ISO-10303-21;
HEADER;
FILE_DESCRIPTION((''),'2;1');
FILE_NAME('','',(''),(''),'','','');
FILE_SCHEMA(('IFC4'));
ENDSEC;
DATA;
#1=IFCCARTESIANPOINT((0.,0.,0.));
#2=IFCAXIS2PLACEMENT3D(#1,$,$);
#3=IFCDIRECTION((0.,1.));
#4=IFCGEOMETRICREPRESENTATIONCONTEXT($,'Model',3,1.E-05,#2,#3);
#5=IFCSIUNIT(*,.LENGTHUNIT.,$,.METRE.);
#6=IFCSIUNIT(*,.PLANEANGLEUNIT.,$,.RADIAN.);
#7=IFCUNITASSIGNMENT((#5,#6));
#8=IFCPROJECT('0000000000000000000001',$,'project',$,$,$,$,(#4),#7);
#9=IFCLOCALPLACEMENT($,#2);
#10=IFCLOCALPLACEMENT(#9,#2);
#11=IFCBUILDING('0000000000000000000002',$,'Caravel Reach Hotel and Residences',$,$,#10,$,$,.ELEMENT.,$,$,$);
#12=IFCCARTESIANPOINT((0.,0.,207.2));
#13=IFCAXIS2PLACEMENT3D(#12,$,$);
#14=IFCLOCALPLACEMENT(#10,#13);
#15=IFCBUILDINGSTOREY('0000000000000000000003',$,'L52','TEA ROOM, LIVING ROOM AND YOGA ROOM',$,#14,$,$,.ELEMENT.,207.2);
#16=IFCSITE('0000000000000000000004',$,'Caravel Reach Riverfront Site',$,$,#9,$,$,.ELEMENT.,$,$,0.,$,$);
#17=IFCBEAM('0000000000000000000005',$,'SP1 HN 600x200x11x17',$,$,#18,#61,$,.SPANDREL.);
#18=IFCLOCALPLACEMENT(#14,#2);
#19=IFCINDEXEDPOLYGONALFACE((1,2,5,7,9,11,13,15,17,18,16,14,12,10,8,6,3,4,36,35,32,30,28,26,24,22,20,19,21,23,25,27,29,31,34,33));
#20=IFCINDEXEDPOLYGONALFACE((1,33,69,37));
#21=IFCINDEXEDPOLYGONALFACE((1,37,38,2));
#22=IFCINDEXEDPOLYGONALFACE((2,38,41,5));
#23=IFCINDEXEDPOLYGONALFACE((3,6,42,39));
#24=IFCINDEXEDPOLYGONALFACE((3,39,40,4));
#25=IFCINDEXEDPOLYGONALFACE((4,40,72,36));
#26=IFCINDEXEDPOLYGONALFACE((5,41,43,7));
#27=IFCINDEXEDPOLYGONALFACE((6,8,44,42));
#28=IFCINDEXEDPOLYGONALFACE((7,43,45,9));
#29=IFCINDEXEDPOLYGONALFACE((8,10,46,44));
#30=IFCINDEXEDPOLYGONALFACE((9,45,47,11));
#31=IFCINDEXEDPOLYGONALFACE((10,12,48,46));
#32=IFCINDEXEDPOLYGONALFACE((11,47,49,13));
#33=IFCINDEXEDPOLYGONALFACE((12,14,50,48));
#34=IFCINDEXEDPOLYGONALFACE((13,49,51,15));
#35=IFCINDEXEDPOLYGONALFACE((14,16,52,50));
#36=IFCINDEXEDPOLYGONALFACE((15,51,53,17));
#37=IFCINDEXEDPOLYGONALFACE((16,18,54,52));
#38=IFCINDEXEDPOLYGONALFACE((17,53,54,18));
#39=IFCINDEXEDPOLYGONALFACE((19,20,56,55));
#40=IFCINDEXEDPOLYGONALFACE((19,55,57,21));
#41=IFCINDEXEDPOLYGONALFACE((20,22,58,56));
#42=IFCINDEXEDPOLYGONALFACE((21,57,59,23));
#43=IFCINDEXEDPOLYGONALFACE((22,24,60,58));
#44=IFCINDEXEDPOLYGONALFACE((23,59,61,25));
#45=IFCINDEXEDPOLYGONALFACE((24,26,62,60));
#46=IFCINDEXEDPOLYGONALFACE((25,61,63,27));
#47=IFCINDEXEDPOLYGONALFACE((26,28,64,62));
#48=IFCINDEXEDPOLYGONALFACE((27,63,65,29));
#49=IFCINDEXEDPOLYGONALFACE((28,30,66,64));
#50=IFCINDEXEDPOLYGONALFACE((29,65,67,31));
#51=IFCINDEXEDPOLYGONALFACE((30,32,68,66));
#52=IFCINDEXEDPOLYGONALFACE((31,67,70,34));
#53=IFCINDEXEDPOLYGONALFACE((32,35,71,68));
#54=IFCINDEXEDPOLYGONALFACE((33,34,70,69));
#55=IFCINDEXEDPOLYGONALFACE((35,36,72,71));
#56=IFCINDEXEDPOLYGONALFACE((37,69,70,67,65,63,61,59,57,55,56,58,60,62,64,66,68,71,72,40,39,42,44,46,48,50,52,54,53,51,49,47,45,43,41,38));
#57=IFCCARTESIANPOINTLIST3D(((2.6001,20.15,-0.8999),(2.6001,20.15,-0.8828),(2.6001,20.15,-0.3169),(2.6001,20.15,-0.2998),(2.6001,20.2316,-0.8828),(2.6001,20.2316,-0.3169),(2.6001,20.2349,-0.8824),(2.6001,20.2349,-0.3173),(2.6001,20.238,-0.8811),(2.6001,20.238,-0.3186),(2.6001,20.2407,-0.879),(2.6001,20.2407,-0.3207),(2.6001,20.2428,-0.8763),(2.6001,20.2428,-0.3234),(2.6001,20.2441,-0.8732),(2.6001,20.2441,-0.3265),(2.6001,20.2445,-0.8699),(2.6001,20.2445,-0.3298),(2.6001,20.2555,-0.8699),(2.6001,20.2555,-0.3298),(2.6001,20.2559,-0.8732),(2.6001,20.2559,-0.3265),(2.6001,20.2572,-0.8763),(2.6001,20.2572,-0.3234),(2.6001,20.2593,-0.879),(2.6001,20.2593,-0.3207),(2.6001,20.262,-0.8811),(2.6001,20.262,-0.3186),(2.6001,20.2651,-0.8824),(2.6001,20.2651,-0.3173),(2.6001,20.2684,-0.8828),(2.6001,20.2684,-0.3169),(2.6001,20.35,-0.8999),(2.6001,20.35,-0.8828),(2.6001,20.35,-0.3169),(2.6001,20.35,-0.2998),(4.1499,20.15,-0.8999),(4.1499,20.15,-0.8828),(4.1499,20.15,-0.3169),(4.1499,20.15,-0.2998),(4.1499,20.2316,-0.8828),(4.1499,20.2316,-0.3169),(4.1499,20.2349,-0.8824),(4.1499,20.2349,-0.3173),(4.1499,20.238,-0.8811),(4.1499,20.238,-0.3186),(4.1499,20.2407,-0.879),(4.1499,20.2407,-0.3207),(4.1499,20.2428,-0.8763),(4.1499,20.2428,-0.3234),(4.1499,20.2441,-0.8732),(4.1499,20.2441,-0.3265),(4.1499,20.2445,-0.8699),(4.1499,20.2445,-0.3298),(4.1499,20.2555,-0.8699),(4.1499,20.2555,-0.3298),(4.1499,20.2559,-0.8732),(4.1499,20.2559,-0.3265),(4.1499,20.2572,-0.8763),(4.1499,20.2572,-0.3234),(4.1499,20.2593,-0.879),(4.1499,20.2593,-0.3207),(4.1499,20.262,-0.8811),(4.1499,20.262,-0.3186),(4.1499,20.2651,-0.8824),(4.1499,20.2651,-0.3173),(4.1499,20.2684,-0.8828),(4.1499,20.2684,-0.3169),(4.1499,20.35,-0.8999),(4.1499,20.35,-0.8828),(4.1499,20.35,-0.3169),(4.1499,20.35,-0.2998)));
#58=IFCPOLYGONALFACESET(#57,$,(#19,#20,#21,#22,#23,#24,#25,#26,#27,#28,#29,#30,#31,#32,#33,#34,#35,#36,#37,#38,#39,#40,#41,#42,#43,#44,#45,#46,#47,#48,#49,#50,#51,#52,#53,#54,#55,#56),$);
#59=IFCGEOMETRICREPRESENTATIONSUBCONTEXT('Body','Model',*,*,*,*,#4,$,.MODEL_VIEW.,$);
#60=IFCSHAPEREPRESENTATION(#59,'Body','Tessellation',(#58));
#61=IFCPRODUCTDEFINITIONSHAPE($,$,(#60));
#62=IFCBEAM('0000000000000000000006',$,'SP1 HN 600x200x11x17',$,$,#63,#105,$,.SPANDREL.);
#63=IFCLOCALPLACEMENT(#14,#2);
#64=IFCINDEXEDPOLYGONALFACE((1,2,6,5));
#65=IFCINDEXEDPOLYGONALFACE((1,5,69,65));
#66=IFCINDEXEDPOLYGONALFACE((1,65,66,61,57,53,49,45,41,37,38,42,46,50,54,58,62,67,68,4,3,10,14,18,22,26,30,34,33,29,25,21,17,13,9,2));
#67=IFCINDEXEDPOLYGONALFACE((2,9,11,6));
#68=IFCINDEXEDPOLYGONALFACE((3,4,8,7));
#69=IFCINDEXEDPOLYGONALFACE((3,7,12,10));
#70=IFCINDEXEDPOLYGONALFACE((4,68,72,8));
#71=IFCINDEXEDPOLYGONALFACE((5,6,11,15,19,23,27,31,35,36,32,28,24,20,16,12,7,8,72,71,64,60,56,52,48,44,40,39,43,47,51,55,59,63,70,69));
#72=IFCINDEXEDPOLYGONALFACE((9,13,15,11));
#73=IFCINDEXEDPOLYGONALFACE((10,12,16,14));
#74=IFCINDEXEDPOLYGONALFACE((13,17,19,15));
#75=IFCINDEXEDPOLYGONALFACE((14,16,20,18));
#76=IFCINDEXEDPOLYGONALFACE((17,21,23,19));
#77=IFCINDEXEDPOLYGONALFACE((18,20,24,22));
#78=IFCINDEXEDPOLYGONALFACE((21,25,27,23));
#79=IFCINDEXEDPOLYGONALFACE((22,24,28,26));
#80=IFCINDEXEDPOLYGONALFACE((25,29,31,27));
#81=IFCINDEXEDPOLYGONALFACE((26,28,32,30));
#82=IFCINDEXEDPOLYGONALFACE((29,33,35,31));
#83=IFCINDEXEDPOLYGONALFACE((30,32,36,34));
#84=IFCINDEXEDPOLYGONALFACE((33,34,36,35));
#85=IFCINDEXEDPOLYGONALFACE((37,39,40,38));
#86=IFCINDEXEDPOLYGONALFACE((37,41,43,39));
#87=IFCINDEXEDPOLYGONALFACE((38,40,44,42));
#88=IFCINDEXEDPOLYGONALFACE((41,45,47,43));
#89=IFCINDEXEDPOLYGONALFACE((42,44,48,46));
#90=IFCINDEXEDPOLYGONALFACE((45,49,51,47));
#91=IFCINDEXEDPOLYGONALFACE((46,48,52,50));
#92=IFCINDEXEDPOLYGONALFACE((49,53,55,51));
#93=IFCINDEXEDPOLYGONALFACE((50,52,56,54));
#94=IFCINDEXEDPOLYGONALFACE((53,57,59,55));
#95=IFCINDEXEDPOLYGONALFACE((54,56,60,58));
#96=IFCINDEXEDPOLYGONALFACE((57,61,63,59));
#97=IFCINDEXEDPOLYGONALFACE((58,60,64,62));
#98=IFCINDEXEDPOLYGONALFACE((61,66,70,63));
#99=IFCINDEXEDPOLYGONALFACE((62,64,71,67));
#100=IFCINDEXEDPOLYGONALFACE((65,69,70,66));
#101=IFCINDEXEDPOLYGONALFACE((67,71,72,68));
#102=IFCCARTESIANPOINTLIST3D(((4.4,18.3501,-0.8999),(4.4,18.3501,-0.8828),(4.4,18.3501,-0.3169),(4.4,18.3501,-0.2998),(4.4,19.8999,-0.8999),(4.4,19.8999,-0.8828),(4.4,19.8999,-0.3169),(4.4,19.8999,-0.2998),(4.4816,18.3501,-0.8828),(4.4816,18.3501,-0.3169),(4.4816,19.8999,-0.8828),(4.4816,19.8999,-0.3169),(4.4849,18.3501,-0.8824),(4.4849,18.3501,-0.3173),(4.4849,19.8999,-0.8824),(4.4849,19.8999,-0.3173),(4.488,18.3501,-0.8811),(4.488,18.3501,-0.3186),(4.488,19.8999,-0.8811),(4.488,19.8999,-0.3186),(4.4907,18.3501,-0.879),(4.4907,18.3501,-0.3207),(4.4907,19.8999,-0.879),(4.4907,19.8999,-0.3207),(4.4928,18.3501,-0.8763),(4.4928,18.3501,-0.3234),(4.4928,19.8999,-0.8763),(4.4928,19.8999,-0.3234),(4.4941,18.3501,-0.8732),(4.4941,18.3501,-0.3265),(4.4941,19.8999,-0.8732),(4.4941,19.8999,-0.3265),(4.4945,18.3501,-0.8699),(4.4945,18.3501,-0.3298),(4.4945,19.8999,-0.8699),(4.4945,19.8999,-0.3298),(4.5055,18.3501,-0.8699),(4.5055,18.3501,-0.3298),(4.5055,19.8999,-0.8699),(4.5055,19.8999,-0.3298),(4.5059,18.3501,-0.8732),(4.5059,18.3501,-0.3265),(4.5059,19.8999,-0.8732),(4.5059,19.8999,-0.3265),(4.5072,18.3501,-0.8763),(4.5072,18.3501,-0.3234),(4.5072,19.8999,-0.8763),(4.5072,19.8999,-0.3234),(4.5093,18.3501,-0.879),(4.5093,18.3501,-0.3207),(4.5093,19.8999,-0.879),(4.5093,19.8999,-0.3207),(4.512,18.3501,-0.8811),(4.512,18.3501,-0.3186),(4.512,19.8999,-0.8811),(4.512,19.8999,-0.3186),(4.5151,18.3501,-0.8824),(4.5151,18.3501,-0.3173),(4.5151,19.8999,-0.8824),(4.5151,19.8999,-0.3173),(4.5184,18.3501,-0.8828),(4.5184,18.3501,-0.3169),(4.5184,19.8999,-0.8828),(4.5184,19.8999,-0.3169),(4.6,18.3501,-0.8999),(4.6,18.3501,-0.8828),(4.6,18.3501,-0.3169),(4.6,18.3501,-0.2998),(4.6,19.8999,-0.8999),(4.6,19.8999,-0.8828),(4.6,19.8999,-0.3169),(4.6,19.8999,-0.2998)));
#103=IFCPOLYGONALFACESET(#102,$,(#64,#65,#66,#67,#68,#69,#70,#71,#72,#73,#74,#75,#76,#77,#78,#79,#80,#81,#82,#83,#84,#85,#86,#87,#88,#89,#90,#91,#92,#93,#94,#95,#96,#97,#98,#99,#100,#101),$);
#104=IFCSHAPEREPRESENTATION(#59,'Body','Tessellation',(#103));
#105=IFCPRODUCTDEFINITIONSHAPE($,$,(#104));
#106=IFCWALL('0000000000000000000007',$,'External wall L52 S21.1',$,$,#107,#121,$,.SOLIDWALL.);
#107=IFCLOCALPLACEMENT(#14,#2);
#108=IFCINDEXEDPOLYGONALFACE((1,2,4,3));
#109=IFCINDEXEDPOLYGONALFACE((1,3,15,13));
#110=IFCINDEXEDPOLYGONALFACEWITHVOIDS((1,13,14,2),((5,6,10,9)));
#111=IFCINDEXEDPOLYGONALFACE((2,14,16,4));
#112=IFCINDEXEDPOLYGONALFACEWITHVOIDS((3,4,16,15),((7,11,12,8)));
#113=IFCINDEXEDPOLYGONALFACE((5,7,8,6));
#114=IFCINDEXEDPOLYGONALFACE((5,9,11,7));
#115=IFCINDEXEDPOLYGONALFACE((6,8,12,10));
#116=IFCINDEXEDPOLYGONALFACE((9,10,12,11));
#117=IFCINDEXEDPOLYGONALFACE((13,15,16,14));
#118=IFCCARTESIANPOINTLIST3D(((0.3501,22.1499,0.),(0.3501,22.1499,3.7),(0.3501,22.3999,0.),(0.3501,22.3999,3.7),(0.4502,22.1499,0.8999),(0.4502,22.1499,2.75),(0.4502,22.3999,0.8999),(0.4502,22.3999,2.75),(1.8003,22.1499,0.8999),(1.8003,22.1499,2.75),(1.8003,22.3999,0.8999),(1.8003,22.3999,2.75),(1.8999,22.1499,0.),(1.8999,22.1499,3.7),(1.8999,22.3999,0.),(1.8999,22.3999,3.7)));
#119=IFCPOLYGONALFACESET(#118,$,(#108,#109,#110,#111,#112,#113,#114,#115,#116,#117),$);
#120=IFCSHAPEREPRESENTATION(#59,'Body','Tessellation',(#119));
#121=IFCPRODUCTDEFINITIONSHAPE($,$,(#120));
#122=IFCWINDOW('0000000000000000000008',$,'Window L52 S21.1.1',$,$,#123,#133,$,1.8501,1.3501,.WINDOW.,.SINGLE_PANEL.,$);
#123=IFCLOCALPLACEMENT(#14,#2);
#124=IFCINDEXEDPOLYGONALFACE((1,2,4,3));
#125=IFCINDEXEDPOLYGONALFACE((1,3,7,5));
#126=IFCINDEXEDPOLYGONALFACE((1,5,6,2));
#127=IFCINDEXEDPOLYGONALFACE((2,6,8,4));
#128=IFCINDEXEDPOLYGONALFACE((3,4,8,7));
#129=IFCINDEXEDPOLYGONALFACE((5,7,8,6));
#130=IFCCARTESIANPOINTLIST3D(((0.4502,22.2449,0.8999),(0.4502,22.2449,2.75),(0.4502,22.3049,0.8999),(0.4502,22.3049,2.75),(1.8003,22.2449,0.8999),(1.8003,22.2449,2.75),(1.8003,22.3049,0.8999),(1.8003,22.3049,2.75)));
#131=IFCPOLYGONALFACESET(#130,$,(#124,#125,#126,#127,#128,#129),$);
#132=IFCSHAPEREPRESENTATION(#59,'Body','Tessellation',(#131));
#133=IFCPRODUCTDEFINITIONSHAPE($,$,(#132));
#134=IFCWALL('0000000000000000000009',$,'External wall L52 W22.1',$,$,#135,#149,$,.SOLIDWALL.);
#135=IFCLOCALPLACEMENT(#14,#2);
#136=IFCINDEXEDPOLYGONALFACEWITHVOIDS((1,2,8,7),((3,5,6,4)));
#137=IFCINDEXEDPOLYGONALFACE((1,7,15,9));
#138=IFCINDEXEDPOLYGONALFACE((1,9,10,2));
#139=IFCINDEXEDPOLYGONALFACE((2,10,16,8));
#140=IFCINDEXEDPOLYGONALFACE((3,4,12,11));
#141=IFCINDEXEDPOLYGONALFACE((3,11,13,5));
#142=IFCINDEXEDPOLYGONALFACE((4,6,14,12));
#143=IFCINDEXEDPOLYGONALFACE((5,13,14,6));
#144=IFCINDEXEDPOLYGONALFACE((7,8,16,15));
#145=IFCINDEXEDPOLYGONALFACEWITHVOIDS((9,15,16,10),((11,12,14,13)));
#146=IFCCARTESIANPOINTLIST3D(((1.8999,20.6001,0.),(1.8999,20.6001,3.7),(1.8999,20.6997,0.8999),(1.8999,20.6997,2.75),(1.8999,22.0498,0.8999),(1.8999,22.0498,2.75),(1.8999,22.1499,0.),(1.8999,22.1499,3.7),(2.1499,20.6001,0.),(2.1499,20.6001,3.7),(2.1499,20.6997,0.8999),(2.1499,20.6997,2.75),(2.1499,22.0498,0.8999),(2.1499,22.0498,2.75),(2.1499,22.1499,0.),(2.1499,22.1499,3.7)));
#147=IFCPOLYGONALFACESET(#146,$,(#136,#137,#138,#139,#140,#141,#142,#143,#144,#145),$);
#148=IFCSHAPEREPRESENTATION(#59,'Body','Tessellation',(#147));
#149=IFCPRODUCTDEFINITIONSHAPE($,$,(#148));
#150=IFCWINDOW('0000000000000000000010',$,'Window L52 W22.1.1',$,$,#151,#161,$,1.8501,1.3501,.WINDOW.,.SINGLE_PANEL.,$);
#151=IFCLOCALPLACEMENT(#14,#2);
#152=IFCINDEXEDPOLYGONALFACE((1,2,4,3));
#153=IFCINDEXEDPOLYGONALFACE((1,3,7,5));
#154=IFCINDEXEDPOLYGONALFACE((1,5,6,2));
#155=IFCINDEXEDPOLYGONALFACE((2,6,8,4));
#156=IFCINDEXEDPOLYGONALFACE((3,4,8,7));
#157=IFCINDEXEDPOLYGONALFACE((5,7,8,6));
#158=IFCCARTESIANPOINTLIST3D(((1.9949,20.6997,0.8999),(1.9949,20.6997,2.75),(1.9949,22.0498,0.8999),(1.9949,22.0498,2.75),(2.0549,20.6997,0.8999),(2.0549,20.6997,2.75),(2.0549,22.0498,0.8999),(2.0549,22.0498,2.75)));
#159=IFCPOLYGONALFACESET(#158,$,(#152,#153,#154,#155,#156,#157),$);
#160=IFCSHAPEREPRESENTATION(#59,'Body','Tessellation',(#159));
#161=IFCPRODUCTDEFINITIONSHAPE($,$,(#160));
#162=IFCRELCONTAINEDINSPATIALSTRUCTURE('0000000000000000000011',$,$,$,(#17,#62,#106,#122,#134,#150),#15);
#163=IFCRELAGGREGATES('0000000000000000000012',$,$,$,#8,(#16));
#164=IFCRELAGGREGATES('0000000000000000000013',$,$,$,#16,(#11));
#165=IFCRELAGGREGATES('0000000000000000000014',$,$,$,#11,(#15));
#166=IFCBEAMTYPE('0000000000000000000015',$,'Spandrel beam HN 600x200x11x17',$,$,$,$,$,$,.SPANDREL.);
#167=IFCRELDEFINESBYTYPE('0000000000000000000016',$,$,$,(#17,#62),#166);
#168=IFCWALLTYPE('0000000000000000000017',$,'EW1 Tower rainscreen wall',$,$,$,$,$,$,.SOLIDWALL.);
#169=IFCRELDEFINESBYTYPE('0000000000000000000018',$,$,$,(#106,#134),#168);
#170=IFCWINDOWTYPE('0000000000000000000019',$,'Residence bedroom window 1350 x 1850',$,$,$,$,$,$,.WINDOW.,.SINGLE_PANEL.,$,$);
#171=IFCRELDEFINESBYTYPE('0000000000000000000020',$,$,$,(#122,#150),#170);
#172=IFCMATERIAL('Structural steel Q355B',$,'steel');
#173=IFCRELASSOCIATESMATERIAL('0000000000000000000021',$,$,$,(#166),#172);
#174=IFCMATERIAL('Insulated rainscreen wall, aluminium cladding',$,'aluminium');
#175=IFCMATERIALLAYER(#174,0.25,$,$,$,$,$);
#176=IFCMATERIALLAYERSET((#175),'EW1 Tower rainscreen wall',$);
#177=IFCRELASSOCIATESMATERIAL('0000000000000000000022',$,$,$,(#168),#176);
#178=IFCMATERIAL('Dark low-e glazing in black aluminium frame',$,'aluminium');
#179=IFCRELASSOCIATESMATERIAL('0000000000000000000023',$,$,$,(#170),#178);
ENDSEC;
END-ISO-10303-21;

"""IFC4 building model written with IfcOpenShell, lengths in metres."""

from ifc_helpers import new_model, si_unit, direction, frame, frame_2d, origin, origin_2d, place, context, subcontext, project, spatial, rectangle, i_section, extrude, material, layer, layer_set, material_profile, profile_set, type_object, element, fill, save


model = new_model("IFC4")

# Units and contexts
model_context = context("Model", 3, precision=1e-05, world=origin(), true_north=direction((0.0, 1.0)))
body_context = subcontext(model_context, "Body", "Model", "MODEL_VIEW")
ifc_project = project(units=[si_unit("LENGTHUNIT", "METRE"), si_unit("PLANEANGLEUNIT", "RADIAN")], contexts=[model_context])

# Site, building, storey
site_placement = place(None, origin())
site = spatial("IfcSite", under=ifc_project, at=site_placement, Name="Caravel Reach Riverfront Site", CompositionType="ELEMENT", RefElevation=0.0)
building_placement = place(site_placement, origin())
building = spatial("IfcBuilding", under=site, at=building_placement, Name="Caravel Reach Hotel and Residences", CompositionType="ELEMENT")
storey_placement = place(building_placement, frame((0.0, 0.0, 207.2)))
storey = spatial("IfcBuildingStorey", under=building, at=storey_placement, Name="L52", Description="TEA ROOM, LIVING ROOM AND YOGA ROOM", CompositionType="ELEMENT", Elevation=207.2)

# Beams
ifc_material_1 = material(Name="Structural steel Q355B", Category="steel")
ifc_material_profile_1 = material_profile(ifc_material_1, i_section(OverallWidth=0.2, OverallDepth=0.6001, WebThickness=0.011, FlangeThickness=0.0171, FilletRadius=0.0129, at=origin_2d()), Name="HN 600x200x11x17")
ifc_profile_set_1 = profile_set([ifc_material_profile_1], Name="Structural steel Q355B")
beam_type = type_object("IfcBeamType", Name="Spandrel beam HN 600x200x11x17", PredefinedType="SPANDREL", material=ifc_profile_set_1)
for number, where, z_axis, x_axis, name in (
    (1, (2.6001, 20.25, -0.5999), (1.0, 0.0, 0.0), (0.0, 1.0, 0.0), "SP1 HN 600x200x11x17"),
    (2, (4.5, 19.8999, -0.5999), (0.0, -1.0, 0.0), (1.0, 0.0, 0.0), "SP1 HN 600x200x11x17"),
):
    element("IfcBeam", number, at=place(storey_placement, frame(where, z_axis=z_axis, x_axis=x_axis)), inside=storey, type_object=beam_type, Name=name, PredefinedType="SPANDREL", context=body_context, shape_type="SweptSolid", body=[
        extrude(i_section(OverallWidth=0.2, OverallDepth=0.6001, WebThickness=0.011, FlangeThickness=0.0171, FilletRadius=0.0129, at=origin_2d()), origin(), (0.0, 0.0, 1.0), 1.5498),
    ])

# Walls, openings, windows
ifc_material_2 = material(Name="Insulated rainscreen wall, aluminium cladding", Category="aluminium")
ifc_layer_1 = layer(ifc_material_2, 0.25)
ifc_layer_set_1 = layer_set([ifc_layer_1], Name="EW1 Tower rainscreen wall")
wall_type_1 = type_object("IfcWallType", Name="EW1 Tower rainscreen wall", PredefinedType="SOLIDWALL", material=ifc_layer_set_1)
wall_1_placement = place(storey_placement, frame((0.3501, 22.2749, 0.0), z_axis=(0.0, 0.0, 1.0), x_axis=(1.0, 0.0, 0.0)))
wall_1 = element("IfcWall", 3, at=wall_1_placement, inside=storey, type_object=wall_type_1, Name="External wall L52 S21.1", PredefinedType="SOLIDWALL", context=body_context, shape_type="SweptSolid", body=[
    extrude(rectangle(XDim=1.5498, YDim=0.25, at=frame_2d((0.7749, 0.0))), origin(), (0.0, 0.0, 1.0), 3.7),
])
opening_1_placement = place(wall_1_placement, frame((0.1001, 0.0, 0.8999)))
opening_1 = element("IfcOpeningElement", 4, at=opening_1_placement, cuts=wall_1, PredefinedType="OPENING", context=body_context, shape_type="SweptSolid", body=[
    extrude(rectangle(XDim=1.3501, YDim=1.8501, at=frame_2d((0.675, 0.925))), frame((0.0, 0.135, 0.0), z_axis=(0.0, -1.0, 0.0), x_axis=(1.0, 0.0, 0.0)), (0.0, 0.0, 1.0), 0.27),
])
ifc_material_3 = material(Name="Dark low-e glazing in black aluminium frame", Category="aluminium")
window_type = type_object("IfcWindowType", Name="Residence bedroom window 1350 x 1850", PartitioningType="SINGLE_PANEL", PredefinedType="WINDOW", material=ifc_material_3)
window_1_placement = place(opening_1_placement, origin())
window_1 = element("IfcWindow", 5, at=window_1_placement, inside=storey, type_object=window_type, Name="Window L52 S21.1.1", OverallHeight=1.8501, OverallWidth=1.3501, PartitioningType="SINGLE_PANEL", PredefinedType="WINDOW", context=body_context, shape_type="SweptSolid", body=[
    extrude(rectangle(XDim=1.3501, YDim=1.8501, at=frame_2d((0.675, 0.925))), frame((0.0, 0.03, 0.0), z_axis=(0.0, -1.0, 0.0), x_axis=(1.0, 0.0, 0.0)), (0.0, 0.0, 1.0), 0.0601),
])
fill(opening_1, window_1)
wall_2_placement = place(storey_placement, frame((2.0249, 22.1499, 0.0), z_axis=(0.0, 0.0, 1.0), x_axis=(0.0, -1.0, 0.0)))
wall_2 = element("IfcWall", 6, at=wall_2_placement, inside=storey, type_object=wall_type_1, Name="External wall L52 W22.1", PredefinedType="SOLIDWALL", context=body_context, shape_type="SweptSolid", body=[
    extrude(rectangle(XDim=1.5498, YDim=0.25, at=frame_2d((0.7749, 0.0))), origin(), (0.0, 0.0, 1.0), 3.7),
])
opening_2_placement = place(wall_2_placement, frame((0.1001, 0.0, 0.8999)))
opening_2 = element("IfcOpeningElement", 7, at=opening_2_placement, cuts=wall_2, PredefinedType="OPENING", context=body_context, shape_type="SweptSolid", body=[
    extrude(rectangle(XDim=1.3501, YDim=1.8501, at=frame_2d((0.675, 0.925))), frame((0.0, 0.135, 0.0), z_axis=(0.0, -1.0, 0.0), x_axis=(1.0, 0.0, 0.0)), (0.0, 0.0, 1.0), 0.27),
])
window_2_placement = place(opening_2_placement, origin())
window_2 = element("IfcWindow", 8, at=window_2_placement, inside=storey, type_object=window_type, Name="Window L52 W22.1.1", OverallHeight=1.8501, OverallWidth=1.3501, PartitioningType="SINGLE_PANEL", PredefinedType="WINDOW", context=body_context, shape_type="SweptSolid", body=[
    extrude(rectangle(XDim=1.3501, YDim=1.8501, at=frame_2d((0.675, 0.925))), frame((0.0, 0.03, 0.0), z_axis=(0.0, -1.0, 0.0), x_axis=(1.0, 0.0, 0.0)), (0.0, 0.0, 1.0), 0.0601),
])
fill(opening_2, window_2)

save(model, "model.ifc")
